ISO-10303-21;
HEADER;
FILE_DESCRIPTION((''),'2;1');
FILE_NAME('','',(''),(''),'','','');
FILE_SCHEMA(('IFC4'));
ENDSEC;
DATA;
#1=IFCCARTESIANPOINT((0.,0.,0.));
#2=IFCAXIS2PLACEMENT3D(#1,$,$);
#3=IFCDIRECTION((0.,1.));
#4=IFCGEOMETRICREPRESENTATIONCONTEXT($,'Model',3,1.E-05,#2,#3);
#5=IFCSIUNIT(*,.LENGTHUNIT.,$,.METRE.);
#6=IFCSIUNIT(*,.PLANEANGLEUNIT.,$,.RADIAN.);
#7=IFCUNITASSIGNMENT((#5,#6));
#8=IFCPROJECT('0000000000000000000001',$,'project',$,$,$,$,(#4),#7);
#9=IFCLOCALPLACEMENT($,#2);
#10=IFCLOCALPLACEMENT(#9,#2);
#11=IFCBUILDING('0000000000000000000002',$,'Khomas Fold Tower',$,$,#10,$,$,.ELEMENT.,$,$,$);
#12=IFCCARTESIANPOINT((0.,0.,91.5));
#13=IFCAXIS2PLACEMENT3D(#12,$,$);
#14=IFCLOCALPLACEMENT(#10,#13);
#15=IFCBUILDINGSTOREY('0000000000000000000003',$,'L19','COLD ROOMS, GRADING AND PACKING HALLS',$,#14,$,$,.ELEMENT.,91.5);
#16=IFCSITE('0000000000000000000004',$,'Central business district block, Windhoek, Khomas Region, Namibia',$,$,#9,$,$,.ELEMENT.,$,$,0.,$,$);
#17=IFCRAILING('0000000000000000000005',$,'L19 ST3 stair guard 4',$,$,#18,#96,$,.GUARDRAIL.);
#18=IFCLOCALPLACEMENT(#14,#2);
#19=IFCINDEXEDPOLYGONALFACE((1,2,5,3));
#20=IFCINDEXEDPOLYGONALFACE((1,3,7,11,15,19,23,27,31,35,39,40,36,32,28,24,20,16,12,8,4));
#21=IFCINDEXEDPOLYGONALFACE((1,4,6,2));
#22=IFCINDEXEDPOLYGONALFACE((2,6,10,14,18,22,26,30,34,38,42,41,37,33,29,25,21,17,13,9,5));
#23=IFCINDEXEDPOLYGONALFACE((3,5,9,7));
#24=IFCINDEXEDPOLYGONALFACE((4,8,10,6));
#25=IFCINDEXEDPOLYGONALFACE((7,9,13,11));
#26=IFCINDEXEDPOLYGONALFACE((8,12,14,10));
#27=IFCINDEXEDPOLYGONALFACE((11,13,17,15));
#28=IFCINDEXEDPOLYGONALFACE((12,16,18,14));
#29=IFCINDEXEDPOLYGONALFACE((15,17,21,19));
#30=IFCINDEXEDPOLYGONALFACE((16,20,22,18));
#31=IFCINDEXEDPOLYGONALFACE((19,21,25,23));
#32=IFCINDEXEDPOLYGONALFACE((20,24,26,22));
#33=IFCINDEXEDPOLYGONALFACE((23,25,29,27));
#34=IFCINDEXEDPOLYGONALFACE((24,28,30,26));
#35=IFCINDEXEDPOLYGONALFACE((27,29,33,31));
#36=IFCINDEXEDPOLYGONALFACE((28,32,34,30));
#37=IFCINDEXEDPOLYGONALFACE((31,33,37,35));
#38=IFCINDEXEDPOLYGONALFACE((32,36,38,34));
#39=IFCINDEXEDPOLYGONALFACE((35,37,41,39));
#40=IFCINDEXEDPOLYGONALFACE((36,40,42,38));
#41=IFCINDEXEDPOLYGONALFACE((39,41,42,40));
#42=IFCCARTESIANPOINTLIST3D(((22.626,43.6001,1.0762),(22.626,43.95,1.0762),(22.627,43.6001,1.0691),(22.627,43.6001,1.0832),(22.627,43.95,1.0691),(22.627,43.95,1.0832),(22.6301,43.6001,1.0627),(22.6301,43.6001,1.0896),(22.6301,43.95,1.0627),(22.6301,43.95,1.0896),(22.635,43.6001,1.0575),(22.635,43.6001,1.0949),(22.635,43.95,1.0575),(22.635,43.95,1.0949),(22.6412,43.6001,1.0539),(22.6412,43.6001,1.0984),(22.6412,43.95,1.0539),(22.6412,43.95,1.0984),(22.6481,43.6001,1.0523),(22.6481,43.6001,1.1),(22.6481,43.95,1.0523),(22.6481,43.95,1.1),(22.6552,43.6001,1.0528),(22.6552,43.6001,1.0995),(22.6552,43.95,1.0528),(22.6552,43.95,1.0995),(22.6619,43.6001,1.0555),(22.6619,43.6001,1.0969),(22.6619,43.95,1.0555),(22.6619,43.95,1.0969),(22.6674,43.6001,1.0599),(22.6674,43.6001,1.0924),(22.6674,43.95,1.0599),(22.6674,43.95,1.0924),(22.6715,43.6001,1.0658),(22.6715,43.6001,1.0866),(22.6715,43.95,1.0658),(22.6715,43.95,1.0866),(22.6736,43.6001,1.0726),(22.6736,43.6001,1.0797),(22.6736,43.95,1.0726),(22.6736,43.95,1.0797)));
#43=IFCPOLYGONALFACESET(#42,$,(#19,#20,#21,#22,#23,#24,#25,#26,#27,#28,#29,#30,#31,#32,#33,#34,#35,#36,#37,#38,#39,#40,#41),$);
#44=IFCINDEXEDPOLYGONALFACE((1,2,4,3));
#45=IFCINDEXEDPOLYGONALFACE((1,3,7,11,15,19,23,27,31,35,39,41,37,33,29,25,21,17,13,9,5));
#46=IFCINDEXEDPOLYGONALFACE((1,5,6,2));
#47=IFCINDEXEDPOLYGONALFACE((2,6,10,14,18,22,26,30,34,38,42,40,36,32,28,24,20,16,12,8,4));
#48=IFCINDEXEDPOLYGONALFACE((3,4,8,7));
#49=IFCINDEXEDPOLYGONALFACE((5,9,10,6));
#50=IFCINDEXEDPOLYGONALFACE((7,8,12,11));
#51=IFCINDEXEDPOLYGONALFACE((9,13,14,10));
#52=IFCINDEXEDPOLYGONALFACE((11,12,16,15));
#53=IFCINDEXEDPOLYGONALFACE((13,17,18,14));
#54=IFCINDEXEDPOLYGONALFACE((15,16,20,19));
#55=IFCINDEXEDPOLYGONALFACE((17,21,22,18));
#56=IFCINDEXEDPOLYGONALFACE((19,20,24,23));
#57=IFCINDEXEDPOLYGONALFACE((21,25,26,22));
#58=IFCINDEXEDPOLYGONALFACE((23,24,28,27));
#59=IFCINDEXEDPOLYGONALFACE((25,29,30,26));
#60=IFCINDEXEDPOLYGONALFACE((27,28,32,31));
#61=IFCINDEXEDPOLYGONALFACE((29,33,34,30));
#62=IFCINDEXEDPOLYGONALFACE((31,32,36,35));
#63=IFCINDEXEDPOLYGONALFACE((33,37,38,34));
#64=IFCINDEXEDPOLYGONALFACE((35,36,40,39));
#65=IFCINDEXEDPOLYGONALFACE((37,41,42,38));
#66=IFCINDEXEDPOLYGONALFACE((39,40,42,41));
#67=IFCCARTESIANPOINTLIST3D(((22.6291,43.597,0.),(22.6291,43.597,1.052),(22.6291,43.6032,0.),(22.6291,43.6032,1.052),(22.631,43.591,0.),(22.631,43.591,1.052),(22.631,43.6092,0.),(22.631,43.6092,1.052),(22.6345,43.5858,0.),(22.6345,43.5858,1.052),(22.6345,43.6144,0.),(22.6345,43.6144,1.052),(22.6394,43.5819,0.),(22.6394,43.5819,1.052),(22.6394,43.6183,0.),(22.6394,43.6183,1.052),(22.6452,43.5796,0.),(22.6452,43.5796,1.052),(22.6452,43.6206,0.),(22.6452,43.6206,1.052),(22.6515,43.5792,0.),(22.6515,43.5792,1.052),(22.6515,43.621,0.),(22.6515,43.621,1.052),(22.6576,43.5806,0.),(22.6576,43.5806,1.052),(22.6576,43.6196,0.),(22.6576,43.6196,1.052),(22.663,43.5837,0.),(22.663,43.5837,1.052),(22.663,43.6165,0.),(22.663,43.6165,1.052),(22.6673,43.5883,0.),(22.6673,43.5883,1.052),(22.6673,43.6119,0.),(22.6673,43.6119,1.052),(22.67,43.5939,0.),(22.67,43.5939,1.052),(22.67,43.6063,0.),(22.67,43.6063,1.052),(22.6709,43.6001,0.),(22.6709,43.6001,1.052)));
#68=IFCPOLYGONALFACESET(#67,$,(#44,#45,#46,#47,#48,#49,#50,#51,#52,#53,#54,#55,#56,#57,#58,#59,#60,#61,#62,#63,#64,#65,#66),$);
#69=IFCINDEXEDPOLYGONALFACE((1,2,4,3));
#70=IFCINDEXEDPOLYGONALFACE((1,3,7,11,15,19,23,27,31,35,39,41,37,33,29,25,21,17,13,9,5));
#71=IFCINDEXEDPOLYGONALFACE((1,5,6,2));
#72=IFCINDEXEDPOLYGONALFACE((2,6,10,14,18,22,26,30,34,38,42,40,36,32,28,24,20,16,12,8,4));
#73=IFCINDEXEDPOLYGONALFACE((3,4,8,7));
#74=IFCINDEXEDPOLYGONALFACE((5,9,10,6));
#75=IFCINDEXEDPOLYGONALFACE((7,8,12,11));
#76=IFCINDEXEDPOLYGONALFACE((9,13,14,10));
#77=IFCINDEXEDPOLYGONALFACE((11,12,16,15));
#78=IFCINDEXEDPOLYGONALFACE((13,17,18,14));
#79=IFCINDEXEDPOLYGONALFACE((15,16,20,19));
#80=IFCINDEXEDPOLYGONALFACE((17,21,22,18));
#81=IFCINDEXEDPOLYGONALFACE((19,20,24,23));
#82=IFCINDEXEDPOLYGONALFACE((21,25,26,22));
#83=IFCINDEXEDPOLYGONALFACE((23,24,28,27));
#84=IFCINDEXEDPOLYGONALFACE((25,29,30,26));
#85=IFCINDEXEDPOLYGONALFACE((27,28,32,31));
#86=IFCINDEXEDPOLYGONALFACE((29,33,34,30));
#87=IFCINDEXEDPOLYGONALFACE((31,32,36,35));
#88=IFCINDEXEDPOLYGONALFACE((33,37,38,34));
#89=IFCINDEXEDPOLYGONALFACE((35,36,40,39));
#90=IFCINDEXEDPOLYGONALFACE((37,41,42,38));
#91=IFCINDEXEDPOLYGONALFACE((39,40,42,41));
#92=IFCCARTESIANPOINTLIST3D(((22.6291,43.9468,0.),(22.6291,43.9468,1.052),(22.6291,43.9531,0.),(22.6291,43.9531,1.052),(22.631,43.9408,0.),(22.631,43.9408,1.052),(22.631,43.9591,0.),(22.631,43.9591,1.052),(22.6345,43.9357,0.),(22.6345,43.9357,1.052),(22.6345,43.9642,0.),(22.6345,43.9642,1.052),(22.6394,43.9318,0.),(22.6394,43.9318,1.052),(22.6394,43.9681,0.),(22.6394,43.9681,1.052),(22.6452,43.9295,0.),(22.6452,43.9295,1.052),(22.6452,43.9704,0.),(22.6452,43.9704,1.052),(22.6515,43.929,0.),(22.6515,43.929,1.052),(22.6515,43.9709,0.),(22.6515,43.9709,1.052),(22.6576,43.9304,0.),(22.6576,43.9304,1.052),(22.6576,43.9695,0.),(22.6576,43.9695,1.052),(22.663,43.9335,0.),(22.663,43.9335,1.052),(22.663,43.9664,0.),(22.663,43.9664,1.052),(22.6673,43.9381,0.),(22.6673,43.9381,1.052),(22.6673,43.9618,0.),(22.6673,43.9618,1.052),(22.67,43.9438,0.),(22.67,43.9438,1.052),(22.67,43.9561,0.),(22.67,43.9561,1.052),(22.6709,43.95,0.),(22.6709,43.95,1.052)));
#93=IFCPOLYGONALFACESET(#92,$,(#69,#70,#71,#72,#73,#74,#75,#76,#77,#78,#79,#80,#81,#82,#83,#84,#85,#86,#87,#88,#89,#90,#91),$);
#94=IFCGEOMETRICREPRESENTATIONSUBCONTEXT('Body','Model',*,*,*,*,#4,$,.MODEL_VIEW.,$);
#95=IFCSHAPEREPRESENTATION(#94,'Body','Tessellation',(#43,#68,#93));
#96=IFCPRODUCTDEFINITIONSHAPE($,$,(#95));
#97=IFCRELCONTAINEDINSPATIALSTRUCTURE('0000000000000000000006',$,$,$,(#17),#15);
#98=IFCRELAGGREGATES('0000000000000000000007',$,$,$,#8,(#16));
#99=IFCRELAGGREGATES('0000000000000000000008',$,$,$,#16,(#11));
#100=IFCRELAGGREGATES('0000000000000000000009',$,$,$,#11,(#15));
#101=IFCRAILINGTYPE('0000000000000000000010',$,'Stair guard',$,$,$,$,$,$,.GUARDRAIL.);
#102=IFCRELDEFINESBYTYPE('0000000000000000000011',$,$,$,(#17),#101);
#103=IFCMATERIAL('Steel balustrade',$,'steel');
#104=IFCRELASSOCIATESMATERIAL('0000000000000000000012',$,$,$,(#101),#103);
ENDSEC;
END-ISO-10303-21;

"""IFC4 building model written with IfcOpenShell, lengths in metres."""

from ifc_helpers import new_model, si_unit, direction, frame, origin, origin_2d, place, context, subcontext, project, spatial, circle, extrude, source, transform, mapped, material, type_object, element, save


model = new_model("IFC4")

# Units and contexts
model_context = context("Model", 3, precision=1e-05, world=origin(), true_north=direction((0.0, 1.0)))
body_context = subcontext(model_context, "Body", "Model", "MODEL_VIEW")
ifc_project = project(units=[si_unit("LENGTHUNIT", "METRE"), si_unit("PLANEANGLEUNIT", "RADIAN")], contexts=[model_context])

# Site, building, storey
site_placement = place(None, origin())
site = spatial("IfcSite", under=ifc_project, at=site_placement, Name="Central business district block, Windhoek, Khomas Region, Namibia", CompositionType="ELEMENT", RefElevation=0.0)
building_placement = place(site_placement, origin())
building = spatial("IfcBuilding", under=site, at=building_placement, Name="Khomas Fold Tower", CompositionType="ELEMENT")
storey_placement = place(building_placement, frame((0.0, 0.0, 91.5)))
storey = spatial("IfcBuildingStorey", under=building, at=storey_placement, Name="L19", Description="COLD ROOMS, GRADING AND PACKING HALLS", CompositionType="ELEMENT", Elevation=91.5)

# Railing
ifc_material_1 = material(Name="Steel balustrade", Category="steel")
railing_type_1 = type_object("IfcRailingType", Name="Stair guard", PredefinedType="GUARDRAIL", material=ifc_material_1)
shared_shape_1 = source(origin(), body_context, "Body", "SweptSolid", [
    extrude(circle(Radius=0.0239, at=origin_2d()), frame((0.0, 0.0, 1.0762), z_axis=(0.0, 1.0, 0.0), x_axis=(-1.0, 0.0, 0.0)), (0.0, 0.0, 1.0), 0.3499),
    extrude(circle(Radius=0.021, at=origin_2d()), origin(), (0.0, 0.0, 1.0), 1.052),
    extrude(circle(Radius=0.021, at=origin_2d()), frame((0.0, 0.3499, 0.0)), (0.0, 0.0, 1.0), 1.052),
])
railing_1_placement = place(storey_placement, frame((22.6499, 43.6001, 0.0)))
element("IfcRailing", 1, at=railing_1_placement, inside=storey, type_object=railing_type_1, Name="L19 ST3 stair guard 4", PredefinedType="GUARDRAIL", context=body_context, shape_type="MappedRepresentation", body=[
    mapped(shared_shape_1, transform((0.0, 0.0, 0.0))),
])

save(model, "model.ifc")
